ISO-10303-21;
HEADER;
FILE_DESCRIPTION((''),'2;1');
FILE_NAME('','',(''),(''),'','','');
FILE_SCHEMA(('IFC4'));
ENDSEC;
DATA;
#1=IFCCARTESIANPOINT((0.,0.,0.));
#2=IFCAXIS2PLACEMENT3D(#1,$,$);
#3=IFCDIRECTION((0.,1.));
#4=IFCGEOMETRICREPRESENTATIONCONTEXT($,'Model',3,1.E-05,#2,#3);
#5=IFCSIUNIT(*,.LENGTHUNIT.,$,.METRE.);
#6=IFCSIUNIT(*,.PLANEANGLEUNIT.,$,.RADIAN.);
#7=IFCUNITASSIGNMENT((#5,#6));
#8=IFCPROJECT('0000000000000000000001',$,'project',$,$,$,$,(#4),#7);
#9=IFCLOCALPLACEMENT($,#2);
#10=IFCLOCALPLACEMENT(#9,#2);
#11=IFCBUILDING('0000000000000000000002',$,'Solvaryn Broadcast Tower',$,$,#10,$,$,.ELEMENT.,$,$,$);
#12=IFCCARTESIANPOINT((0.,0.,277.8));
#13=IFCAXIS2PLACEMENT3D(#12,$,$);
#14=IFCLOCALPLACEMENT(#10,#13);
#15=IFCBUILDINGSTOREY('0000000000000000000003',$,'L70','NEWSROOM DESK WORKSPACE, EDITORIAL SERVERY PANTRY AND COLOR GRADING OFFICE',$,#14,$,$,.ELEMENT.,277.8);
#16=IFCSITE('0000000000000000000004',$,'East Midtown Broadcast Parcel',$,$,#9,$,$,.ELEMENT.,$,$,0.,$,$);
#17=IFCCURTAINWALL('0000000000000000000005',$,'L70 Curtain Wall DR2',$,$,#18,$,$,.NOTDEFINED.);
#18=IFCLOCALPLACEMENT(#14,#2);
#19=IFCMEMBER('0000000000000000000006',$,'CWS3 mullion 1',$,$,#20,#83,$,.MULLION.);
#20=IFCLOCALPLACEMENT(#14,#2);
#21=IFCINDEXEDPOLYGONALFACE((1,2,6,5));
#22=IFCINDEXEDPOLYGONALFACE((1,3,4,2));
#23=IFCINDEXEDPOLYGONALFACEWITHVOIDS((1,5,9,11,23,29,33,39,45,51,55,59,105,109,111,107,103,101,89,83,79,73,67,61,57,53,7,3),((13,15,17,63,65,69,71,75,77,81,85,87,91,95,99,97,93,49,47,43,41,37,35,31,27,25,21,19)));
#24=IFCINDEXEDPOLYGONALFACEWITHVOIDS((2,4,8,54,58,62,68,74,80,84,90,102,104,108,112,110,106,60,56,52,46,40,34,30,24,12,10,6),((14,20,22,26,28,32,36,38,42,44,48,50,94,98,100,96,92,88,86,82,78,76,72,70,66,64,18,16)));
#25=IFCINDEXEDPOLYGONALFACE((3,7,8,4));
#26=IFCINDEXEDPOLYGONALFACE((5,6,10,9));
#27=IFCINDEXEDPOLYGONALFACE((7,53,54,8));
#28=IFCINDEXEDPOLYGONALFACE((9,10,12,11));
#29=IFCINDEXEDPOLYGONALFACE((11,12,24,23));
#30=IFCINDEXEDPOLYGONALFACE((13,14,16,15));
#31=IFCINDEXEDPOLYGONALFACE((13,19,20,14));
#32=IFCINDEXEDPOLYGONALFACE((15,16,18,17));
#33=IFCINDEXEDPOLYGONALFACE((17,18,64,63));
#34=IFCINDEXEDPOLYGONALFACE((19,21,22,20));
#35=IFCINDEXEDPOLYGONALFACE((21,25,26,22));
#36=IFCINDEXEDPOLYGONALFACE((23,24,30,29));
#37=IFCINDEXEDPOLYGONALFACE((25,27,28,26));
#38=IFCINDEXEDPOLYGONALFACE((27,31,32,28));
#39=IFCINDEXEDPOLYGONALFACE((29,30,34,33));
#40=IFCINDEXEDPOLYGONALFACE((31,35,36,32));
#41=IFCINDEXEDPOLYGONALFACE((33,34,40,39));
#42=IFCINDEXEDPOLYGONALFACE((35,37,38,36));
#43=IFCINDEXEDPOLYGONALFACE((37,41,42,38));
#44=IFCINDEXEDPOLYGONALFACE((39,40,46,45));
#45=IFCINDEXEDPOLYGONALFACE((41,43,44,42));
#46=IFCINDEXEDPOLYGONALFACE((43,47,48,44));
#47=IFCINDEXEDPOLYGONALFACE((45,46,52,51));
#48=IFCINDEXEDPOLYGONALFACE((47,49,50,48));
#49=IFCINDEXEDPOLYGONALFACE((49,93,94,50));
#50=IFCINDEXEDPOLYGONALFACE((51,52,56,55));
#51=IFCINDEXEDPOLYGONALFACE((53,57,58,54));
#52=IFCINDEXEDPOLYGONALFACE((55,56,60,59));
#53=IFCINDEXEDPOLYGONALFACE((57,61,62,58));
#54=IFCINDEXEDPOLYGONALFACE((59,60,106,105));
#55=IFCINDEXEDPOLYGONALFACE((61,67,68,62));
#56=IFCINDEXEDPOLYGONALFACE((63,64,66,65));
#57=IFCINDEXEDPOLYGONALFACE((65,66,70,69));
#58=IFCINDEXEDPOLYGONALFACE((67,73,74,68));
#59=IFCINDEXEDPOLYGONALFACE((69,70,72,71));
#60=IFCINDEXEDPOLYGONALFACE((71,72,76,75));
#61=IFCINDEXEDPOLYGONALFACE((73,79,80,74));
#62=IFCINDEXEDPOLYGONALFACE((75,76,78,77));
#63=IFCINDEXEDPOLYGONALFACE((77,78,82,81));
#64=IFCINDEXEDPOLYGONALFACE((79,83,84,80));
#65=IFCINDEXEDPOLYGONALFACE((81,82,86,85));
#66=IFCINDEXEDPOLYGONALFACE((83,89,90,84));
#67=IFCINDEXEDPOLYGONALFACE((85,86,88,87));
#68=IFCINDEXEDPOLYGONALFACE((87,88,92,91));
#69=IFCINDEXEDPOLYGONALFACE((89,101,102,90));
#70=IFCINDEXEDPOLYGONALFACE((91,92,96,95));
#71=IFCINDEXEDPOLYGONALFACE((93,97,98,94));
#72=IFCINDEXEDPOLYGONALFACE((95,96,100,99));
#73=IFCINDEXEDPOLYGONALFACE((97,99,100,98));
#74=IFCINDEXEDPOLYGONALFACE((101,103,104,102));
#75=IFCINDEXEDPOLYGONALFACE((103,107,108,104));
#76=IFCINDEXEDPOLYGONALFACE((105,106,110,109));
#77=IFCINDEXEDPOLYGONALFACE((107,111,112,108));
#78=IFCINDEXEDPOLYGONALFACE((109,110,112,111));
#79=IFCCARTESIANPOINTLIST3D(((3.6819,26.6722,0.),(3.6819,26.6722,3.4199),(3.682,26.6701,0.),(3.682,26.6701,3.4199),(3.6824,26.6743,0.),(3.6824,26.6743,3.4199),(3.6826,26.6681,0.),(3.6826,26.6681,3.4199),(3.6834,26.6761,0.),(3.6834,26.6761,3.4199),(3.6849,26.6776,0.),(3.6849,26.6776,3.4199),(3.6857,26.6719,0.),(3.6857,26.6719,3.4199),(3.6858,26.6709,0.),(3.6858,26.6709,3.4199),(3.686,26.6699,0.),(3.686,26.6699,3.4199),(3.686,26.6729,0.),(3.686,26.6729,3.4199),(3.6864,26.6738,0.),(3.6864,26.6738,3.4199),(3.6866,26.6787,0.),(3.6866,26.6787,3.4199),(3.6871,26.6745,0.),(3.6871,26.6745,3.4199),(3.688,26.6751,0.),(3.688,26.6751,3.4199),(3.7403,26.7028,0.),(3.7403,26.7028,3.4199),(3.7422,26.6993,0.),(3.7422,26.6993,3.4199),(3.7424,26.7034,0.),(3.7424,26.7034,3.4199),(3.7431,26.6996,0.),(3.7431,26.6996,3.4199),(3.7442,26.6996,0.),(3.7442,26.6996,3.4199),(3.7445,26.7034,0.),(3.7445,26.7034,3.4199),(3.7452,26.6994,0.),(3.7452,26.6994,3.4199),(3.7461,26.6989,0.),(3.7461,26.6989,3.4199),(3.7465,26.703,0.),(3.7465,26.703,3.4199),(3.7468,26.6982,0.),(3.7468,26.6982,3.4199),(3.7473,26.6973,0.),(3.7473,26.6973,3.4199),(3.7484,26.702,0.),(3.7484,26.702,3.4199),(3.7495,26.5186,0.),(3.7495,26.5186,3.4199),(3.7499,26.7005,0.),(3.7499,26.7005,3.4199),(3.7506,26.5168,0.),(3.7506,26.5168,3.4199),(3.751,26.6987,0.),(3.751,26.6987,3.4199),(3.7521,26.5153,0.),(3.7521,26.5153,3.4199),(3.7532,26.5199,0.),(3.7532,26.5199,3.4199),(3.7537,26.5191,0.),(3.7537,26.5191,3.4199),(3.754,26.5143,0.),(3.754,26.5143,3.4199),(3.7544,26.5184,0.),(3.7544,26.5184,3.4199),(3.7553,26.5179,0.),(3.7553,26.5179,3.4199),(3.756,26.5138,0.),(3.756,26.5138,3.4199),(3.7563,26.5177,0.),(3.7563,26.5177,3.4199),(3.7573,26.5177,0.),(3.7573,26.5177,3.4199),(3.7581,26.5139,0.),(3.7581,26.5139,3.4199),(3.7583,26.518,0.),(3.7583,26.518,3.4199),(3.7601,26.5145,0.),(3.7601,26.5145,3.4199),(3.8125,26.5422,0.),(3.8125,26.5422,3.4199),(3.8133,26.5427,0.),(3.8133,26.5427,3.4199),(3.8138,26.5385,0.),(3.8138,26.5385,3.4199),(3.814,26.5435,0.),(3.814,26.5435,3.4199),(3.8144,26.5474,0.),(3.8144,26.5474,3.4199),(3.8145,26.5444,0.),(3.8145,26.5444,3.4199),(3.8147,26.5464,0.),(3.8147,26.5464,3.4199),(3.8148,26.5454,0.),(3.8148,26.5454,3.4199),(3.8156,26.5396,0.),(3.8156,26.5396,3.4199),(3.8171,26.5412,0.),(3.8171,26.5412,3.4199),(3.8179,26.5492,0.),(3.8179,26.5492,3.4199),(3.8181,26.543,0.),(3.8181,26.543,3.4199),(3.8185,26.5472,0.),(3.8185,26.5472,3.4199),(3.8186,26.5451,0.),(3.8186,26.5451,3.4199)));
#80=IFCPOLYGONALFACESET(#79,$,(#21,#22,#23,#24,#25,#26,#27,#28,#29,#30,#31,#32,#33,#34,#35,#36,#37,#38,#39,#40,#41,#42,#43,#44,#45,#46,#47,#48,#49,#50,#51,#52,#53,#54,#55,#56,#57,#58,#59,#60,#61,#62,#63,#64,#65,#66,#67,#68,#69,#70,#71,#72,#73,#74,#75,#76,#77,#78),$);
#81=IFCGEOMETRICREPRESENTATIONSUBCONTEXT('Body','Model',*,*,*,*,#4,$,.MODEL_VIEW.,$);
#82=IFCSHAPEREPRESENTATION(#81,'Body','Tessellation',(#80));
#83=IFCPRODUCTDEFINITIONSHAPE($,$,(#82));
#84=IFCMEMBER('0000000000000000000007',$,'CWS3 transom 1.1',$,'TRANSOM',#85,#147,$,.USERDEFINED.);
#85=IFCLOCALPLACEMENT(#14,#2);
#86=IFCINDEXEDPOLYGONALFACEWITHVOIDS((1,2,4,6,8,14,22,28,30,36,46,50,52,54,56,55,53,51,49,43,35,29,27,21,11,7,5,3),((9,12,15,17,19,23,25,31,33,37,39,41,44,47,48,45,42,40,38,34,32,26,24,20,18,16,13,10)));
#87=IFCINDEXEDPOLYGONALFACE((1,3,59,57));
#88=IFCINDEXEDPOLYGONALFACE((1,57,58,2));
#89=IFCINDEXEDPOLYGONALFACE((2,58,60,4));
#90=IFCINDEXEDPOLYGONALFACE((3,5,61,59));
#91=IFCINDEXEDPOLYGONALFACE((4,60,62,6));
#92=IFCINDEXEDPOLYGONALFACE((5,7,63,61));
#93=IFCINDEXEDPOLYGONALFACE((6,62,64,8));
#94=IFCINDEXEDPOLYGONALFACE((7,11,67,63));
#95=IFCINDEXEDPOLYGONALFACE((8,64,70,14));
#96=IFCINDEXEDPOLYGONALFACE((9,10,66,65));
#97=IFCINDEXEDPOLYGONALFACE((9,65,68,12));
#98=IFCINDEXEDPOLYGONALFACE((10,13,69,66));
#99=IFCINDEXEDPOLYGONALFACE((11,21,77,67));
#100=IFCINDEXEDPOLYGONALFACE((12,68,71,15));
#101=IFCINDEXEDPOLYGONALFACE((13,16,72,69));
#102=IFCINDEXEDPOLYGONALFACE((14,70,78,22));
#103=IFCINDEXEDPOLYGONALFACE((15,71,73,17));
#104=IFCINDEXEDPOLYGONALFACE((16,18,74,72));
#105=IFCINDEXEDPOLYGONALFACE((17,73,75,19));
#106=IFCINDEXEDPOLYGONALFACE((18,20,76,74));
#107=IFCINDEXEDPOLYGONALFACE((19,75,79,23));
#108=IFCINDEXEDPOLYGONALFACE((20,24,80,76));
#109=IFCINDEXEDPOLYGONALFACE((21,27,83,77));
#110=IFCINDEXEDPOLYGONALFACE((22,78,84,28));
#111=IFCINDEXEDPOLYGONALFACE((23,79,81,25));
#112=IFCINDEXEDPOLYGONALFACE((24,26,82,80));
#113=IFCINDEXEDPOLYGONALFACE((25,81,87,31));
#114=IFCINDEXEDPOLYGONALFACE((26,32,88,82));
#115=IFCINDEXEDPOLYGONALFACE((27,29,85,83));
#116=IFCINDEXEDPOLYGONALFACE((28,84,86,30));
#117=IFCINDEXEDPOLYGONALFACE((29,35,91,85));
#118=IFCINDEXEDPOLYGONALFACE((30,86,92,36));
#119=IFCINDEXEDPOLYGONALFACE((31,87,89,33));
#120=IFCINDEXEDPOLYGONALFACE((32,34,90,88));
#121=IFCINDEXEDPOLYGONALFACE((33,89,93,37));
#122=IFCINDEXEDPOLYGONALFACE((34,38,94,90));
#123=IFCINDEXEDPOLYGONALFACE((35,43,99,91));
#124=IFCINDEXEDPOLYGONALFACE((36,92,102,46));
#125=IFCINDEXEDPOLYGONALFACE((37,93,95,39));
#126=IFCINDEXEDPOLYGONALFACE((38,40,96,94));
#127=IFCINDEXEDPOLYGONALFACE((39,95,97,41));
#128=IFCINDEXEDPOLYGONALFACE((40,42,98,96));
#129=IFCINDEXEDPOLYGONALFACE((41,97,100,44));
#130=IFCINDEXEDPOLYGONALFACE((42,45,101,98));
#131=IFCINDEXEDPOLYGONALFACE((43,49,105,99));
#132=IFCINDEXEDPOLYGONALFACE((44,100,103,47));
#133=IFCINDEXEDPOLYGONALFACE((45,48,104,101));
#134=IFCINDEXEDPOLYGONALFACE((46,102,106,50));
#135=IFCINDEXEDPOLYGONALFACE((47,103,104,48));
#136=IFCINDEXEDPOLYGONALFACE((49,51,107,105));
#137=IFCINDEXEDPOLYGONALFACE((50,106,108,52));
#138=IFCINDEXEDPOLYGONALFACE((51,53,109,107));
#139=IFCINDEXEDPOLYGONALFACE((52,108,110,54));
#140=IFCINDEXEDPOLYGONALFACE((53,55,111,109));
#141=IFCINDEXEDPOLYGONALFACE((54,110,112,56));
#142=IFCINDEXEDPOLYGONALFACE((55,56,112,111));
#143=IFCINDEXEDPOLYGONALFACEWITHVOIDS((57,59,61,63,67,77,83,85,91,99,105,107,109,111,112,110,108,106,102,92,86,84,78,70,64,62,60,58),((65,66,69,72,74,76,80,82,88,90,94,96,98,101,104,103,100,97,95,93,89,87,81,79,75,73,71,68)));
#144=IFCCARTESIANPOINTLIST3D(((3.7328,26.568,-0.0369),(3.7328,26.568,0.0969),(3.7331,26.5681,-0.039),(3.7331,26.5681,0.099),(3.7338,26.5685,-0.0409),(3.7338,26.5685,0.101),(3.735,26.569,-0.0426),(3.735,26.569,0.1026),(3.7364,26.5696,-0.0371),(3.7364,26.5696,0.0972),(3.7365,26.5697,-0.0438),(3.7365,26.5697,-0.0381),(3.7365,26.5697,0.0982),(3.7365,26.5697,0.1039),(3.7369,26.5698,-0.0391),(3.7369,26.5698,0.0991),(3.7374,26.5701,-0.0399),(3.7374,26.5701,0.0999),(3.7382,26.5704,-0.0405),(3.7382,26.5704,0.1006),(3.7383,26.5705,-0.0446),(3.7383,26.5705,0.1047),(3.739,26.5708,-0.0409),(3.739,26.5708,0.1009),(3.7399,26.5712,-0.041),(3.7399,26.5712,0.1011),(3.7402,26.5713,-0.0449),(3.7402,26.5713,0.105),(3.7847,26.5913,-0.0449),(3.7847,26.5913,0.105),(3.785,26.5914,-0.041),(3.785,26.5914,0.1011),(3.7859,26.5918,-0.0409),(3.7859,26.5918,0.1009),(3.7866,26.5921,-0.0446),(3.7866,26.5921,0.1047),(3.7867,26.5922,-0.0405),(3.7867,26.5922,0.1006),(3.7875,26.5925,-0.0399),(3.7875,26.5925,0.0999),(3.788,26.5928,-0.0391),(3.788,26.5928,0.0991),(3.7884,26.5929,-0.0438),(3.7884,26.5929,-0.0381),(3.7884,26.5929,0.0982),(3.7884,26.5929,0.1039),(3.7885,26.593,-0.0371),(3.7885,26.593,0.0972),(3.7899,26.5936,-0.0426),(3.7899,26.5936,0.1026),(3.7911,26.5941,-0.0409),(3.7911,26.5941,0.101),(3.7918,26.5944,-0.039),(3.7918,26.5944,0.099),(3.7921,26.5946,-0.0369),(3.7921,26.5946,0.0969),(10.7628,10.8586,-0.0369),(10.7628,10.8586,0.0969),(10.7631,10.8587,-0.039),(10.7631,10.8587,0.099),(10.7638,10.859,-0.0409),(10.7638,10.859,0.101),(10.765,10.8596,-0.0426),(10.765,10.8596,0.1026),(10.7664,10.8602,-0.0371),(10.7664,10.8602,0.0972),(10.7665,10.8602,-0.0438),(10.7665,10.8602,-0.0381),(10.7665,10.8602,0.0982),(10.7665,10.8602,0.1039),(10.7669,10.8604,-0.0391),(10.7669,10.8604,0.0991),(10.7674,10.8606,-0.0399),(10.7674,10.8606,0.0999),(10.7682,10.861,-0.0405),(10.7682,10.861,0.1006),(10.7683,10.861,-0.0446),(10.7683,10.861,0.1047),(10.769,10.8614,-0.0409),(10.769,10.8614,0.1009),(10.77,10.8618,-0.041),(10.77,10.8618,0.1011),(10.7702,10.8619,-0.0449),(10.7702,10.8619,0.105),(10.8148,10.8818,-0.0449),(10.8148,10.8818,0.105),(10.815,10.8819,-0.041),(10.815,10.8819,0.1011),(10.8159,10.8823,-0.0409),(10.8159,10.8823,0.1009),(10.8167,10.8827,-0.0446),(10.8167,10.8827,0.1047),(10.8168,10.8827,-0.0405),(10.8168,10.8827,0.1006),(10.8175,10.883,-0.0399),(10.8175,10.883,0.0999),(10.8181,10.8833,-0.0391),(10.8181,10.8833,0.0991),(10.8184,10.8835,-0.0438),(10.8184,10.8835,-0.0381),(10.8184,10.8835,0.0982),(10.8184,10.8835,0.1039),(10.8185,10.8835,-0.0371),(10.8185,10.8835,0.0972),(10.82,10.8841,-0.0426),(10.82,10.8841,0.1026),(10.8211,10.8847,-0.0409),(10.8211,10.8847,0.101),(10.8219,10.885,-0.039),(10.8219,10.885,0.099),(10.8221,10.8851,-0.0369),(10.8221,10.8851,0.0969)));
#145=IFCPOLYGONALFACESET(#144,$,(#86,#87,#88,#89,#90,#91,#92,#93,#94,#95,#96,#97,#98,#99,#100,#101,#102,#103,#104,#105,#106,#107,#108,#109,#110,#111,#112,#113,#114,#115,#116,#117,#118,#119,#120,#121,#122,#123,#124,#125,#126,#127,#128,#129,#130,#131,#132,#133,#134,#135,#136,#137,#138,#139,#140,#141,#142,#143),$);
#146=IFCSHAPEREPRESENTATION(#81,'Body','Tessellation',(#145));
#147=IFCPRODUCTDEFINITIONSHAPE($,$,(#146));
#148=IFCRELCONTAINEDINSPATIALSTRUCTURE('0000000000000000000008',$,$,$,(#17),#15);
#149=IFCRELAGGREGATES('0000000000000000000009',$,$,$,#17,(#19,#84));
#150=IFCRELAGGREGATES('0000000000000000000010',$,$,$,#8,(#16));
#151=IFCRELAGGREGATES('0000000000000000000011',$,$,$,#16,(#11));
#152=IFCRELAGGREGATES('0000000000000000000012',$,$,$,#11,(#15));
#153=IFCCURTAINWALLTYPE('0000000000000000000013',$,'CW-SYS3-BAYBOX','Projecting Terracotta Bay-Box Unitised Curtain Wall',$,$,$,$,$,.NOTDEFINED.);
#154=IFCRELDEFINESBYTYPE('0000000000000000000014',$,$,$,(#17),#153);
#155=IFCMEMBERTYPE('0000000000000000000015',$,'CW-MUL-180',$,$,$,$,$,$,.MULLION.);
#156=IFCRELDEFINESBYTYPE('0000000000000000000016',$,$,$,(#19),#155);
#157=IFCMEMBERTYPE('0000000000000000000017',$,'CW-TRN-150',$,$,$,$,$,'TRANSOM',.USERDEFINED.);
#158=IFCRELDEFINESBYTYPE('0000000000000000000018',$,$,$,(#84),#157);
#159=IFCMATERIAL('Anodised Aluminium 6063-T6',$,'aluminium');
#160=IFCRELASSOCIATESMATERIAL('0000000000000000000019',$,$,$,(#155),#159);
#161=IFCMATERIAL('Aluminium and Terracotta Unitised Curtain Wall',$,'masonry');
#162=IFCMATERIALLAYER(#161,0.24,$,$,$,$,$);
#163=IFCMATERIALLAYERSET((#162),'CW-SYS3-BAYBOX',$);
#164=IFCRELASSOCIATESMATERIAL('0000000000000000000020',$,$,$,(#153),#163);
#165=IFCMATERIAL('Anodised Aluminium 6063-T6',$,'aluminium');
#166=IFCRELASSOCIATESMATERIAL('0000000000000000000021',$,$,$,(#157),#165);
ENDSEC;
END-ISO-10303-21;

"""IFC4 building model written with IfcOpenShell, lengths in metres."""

from ifc_helpers import new_model, si_unit, direction, frame, origin, origin_2d, place, context, subcontext, project, spatial, hollow_rectangle, extrude, material, layer, layer_set, material_profile, profile_set, type_object, element, aggregate, save


model = new_model("IFC4")

# Units and contexts
model_context = context("Model", 3, precision=1e-05, world=origin(), true_north=direction((0.0, 1.0)))
body_context = subcontext(model_context, "Body", "Model", "MODEL_VIEW")
ifc_project = project(units=[si_unit("LENGTHUNIT", "METRE"), si_unit("PLANEANGLEUNIT", "RADIAN")], contexts=[model_context])

# Site, building, storey
site_placement = place(None, origin())
site = spatial("IfcSite", under=ifc_project, at=site_placement, Name="East Midtown Broadcast Parcel", CompositionType="ELEMENT", RefElevation=0.0)
building_placement = place(site_placement, origin())
building = spatial("IfcBuilding", under=site, at=building_placement, Name="Solvaryn Broadcast Tower", CompositionType="ELEMENT")
storey_placement = place(building_placement, frame((0.0, 0.0, 277.8)))
storey = spatial("IfcBuildingStorey", under=building, at=storey_placement, Name="L70", Description="NEWSROOM DESK WORKSPACE, EDITORIAL SERVERY PANTRY AND COLOR GRADING OFFICE", CompositionType="ELEMENT", Elevation=277.8)

# Shared definitions
ifc_material_1 = material(Name="Anodised Aluminium 6063-T6", Category="aluminium")
ifc_material_profile_1 = material_profile(ifc_material_1, hollow_rectangle(XDim=0.075, YDim=0.1799, WallThickness=0.0039, InnerFilletRadius=0.0039, OuterFilletRadius=0.0081, at=origin_2d()))
ifc_profile_set_1 = profile_set([ifc_material_profile_1], Name="Anodised Aluminium 6063-T6")
member_type_1 = type_object("IfcMemberType", Name="CW-MUL-180", PredefinedType="MULLION", material=ifc_profile_set_1)

# Curtain wall, members
ifc_material_2 = material(Name="Aluminium and Terracotta Unitised Curtain Wall", Category="masonry")
ifc_layer_1 = layer(ifc_material_2, 0.24)
ifc_layer_set_1 = layer_set([ifc_layer_1], Name="CW-SYS3-BAYBOX")
curtain_wall_type_1 = type_object("IfcCurtainWallType", Name="CW-SYS3-BAYBOX", Description="Projecting Terracotta Bay-Box Unitised Curtain Wall", PredefinedType="NOTDEFINED", material=ifc_layer_set_1)
curtain_wall_1_placement = place(storey_placement, origin())
curtain_wall_1 = element("IfcCurtainWall", 1, at=curtain_wall_1_placement, inside=storey, type_object=curtain_wall_type_1, Name="L70 Curtain Wall DR2", PredefinedType="NOTDEFINED")
member_1_placement = place(storey_placement, frame((3.7502, 26.6086, 0.0), z_axis=(0.0, 0.0, 1.0), x_axis=(0.912774, 0.408466, 0.0)))
member_1 = element("IfcMember", 2, at=member_1_placement, type_object=member_type_1, Name="CWS3 mullion 1", PredefinedType="MULLION", context=body_context, shape_type="SweptSolid", body=[
    extrude(hollow_rectangle(XDim=0.075, YDim=0.1799, WallThickness=0.0039, InnerFilletRadius=0.0039, OuterFilletRadius=0.0081, at=origin_2d()), origin(), (0.0, 0.0, 1.0), 3.4199),
])
ifc_material_3 = material(Name="Anodised Aluminium 6063-T6", Category="aluminium")
ifc_material_profile_2 = material_profile(ifc_material_3, hollow_rectangle(XDim=0.0649, YDim=0.1499, WallThickness=0.0039, InnerFilletRadius=0.0039, OuterFilletRadius=0.0081, at=origin_2d()))
ifc_profile_set_2 = profile_set([ifc_material_profile_2], Name="Anodised Aluminium 6063-T6")
member_type_2 = type_object("IfcMemberType", Name="CW-TRN-150", ElementType="TRANSOM", PredefinedType="USERDEFINED", material=ifc_profile_set_2)
member_2_placement = place(storey_placement, frame((3.7625, 26.5813, 0.03), z_axis=(0.408468, -0.912773, 0.0), x_axis=(0.912773, 0.408468, 0.0)))
member_2 = element("IfcMember", 3, at=member_2_placement, type_object=member_type_2, Name="CWS3 transom 1.1", ObjectType="TRANSOM", PredefinedType="USERDEFINED", context=body_context, shape_type="SweptSolid", body=[
    extrude(hollow_rectangle(XDim=0.0649, YDim=0.1499, WallThickness=0.0039, InnerFilletRadius=0.0039, OuterFilletRadius=0.0081, at=origin_2d()), origin(), (0.0, 0.0, 1.0), 17.2107),
])
aggregate(curtain_wall_1, [member_1, member_2])

save(model, "model.ifc")
